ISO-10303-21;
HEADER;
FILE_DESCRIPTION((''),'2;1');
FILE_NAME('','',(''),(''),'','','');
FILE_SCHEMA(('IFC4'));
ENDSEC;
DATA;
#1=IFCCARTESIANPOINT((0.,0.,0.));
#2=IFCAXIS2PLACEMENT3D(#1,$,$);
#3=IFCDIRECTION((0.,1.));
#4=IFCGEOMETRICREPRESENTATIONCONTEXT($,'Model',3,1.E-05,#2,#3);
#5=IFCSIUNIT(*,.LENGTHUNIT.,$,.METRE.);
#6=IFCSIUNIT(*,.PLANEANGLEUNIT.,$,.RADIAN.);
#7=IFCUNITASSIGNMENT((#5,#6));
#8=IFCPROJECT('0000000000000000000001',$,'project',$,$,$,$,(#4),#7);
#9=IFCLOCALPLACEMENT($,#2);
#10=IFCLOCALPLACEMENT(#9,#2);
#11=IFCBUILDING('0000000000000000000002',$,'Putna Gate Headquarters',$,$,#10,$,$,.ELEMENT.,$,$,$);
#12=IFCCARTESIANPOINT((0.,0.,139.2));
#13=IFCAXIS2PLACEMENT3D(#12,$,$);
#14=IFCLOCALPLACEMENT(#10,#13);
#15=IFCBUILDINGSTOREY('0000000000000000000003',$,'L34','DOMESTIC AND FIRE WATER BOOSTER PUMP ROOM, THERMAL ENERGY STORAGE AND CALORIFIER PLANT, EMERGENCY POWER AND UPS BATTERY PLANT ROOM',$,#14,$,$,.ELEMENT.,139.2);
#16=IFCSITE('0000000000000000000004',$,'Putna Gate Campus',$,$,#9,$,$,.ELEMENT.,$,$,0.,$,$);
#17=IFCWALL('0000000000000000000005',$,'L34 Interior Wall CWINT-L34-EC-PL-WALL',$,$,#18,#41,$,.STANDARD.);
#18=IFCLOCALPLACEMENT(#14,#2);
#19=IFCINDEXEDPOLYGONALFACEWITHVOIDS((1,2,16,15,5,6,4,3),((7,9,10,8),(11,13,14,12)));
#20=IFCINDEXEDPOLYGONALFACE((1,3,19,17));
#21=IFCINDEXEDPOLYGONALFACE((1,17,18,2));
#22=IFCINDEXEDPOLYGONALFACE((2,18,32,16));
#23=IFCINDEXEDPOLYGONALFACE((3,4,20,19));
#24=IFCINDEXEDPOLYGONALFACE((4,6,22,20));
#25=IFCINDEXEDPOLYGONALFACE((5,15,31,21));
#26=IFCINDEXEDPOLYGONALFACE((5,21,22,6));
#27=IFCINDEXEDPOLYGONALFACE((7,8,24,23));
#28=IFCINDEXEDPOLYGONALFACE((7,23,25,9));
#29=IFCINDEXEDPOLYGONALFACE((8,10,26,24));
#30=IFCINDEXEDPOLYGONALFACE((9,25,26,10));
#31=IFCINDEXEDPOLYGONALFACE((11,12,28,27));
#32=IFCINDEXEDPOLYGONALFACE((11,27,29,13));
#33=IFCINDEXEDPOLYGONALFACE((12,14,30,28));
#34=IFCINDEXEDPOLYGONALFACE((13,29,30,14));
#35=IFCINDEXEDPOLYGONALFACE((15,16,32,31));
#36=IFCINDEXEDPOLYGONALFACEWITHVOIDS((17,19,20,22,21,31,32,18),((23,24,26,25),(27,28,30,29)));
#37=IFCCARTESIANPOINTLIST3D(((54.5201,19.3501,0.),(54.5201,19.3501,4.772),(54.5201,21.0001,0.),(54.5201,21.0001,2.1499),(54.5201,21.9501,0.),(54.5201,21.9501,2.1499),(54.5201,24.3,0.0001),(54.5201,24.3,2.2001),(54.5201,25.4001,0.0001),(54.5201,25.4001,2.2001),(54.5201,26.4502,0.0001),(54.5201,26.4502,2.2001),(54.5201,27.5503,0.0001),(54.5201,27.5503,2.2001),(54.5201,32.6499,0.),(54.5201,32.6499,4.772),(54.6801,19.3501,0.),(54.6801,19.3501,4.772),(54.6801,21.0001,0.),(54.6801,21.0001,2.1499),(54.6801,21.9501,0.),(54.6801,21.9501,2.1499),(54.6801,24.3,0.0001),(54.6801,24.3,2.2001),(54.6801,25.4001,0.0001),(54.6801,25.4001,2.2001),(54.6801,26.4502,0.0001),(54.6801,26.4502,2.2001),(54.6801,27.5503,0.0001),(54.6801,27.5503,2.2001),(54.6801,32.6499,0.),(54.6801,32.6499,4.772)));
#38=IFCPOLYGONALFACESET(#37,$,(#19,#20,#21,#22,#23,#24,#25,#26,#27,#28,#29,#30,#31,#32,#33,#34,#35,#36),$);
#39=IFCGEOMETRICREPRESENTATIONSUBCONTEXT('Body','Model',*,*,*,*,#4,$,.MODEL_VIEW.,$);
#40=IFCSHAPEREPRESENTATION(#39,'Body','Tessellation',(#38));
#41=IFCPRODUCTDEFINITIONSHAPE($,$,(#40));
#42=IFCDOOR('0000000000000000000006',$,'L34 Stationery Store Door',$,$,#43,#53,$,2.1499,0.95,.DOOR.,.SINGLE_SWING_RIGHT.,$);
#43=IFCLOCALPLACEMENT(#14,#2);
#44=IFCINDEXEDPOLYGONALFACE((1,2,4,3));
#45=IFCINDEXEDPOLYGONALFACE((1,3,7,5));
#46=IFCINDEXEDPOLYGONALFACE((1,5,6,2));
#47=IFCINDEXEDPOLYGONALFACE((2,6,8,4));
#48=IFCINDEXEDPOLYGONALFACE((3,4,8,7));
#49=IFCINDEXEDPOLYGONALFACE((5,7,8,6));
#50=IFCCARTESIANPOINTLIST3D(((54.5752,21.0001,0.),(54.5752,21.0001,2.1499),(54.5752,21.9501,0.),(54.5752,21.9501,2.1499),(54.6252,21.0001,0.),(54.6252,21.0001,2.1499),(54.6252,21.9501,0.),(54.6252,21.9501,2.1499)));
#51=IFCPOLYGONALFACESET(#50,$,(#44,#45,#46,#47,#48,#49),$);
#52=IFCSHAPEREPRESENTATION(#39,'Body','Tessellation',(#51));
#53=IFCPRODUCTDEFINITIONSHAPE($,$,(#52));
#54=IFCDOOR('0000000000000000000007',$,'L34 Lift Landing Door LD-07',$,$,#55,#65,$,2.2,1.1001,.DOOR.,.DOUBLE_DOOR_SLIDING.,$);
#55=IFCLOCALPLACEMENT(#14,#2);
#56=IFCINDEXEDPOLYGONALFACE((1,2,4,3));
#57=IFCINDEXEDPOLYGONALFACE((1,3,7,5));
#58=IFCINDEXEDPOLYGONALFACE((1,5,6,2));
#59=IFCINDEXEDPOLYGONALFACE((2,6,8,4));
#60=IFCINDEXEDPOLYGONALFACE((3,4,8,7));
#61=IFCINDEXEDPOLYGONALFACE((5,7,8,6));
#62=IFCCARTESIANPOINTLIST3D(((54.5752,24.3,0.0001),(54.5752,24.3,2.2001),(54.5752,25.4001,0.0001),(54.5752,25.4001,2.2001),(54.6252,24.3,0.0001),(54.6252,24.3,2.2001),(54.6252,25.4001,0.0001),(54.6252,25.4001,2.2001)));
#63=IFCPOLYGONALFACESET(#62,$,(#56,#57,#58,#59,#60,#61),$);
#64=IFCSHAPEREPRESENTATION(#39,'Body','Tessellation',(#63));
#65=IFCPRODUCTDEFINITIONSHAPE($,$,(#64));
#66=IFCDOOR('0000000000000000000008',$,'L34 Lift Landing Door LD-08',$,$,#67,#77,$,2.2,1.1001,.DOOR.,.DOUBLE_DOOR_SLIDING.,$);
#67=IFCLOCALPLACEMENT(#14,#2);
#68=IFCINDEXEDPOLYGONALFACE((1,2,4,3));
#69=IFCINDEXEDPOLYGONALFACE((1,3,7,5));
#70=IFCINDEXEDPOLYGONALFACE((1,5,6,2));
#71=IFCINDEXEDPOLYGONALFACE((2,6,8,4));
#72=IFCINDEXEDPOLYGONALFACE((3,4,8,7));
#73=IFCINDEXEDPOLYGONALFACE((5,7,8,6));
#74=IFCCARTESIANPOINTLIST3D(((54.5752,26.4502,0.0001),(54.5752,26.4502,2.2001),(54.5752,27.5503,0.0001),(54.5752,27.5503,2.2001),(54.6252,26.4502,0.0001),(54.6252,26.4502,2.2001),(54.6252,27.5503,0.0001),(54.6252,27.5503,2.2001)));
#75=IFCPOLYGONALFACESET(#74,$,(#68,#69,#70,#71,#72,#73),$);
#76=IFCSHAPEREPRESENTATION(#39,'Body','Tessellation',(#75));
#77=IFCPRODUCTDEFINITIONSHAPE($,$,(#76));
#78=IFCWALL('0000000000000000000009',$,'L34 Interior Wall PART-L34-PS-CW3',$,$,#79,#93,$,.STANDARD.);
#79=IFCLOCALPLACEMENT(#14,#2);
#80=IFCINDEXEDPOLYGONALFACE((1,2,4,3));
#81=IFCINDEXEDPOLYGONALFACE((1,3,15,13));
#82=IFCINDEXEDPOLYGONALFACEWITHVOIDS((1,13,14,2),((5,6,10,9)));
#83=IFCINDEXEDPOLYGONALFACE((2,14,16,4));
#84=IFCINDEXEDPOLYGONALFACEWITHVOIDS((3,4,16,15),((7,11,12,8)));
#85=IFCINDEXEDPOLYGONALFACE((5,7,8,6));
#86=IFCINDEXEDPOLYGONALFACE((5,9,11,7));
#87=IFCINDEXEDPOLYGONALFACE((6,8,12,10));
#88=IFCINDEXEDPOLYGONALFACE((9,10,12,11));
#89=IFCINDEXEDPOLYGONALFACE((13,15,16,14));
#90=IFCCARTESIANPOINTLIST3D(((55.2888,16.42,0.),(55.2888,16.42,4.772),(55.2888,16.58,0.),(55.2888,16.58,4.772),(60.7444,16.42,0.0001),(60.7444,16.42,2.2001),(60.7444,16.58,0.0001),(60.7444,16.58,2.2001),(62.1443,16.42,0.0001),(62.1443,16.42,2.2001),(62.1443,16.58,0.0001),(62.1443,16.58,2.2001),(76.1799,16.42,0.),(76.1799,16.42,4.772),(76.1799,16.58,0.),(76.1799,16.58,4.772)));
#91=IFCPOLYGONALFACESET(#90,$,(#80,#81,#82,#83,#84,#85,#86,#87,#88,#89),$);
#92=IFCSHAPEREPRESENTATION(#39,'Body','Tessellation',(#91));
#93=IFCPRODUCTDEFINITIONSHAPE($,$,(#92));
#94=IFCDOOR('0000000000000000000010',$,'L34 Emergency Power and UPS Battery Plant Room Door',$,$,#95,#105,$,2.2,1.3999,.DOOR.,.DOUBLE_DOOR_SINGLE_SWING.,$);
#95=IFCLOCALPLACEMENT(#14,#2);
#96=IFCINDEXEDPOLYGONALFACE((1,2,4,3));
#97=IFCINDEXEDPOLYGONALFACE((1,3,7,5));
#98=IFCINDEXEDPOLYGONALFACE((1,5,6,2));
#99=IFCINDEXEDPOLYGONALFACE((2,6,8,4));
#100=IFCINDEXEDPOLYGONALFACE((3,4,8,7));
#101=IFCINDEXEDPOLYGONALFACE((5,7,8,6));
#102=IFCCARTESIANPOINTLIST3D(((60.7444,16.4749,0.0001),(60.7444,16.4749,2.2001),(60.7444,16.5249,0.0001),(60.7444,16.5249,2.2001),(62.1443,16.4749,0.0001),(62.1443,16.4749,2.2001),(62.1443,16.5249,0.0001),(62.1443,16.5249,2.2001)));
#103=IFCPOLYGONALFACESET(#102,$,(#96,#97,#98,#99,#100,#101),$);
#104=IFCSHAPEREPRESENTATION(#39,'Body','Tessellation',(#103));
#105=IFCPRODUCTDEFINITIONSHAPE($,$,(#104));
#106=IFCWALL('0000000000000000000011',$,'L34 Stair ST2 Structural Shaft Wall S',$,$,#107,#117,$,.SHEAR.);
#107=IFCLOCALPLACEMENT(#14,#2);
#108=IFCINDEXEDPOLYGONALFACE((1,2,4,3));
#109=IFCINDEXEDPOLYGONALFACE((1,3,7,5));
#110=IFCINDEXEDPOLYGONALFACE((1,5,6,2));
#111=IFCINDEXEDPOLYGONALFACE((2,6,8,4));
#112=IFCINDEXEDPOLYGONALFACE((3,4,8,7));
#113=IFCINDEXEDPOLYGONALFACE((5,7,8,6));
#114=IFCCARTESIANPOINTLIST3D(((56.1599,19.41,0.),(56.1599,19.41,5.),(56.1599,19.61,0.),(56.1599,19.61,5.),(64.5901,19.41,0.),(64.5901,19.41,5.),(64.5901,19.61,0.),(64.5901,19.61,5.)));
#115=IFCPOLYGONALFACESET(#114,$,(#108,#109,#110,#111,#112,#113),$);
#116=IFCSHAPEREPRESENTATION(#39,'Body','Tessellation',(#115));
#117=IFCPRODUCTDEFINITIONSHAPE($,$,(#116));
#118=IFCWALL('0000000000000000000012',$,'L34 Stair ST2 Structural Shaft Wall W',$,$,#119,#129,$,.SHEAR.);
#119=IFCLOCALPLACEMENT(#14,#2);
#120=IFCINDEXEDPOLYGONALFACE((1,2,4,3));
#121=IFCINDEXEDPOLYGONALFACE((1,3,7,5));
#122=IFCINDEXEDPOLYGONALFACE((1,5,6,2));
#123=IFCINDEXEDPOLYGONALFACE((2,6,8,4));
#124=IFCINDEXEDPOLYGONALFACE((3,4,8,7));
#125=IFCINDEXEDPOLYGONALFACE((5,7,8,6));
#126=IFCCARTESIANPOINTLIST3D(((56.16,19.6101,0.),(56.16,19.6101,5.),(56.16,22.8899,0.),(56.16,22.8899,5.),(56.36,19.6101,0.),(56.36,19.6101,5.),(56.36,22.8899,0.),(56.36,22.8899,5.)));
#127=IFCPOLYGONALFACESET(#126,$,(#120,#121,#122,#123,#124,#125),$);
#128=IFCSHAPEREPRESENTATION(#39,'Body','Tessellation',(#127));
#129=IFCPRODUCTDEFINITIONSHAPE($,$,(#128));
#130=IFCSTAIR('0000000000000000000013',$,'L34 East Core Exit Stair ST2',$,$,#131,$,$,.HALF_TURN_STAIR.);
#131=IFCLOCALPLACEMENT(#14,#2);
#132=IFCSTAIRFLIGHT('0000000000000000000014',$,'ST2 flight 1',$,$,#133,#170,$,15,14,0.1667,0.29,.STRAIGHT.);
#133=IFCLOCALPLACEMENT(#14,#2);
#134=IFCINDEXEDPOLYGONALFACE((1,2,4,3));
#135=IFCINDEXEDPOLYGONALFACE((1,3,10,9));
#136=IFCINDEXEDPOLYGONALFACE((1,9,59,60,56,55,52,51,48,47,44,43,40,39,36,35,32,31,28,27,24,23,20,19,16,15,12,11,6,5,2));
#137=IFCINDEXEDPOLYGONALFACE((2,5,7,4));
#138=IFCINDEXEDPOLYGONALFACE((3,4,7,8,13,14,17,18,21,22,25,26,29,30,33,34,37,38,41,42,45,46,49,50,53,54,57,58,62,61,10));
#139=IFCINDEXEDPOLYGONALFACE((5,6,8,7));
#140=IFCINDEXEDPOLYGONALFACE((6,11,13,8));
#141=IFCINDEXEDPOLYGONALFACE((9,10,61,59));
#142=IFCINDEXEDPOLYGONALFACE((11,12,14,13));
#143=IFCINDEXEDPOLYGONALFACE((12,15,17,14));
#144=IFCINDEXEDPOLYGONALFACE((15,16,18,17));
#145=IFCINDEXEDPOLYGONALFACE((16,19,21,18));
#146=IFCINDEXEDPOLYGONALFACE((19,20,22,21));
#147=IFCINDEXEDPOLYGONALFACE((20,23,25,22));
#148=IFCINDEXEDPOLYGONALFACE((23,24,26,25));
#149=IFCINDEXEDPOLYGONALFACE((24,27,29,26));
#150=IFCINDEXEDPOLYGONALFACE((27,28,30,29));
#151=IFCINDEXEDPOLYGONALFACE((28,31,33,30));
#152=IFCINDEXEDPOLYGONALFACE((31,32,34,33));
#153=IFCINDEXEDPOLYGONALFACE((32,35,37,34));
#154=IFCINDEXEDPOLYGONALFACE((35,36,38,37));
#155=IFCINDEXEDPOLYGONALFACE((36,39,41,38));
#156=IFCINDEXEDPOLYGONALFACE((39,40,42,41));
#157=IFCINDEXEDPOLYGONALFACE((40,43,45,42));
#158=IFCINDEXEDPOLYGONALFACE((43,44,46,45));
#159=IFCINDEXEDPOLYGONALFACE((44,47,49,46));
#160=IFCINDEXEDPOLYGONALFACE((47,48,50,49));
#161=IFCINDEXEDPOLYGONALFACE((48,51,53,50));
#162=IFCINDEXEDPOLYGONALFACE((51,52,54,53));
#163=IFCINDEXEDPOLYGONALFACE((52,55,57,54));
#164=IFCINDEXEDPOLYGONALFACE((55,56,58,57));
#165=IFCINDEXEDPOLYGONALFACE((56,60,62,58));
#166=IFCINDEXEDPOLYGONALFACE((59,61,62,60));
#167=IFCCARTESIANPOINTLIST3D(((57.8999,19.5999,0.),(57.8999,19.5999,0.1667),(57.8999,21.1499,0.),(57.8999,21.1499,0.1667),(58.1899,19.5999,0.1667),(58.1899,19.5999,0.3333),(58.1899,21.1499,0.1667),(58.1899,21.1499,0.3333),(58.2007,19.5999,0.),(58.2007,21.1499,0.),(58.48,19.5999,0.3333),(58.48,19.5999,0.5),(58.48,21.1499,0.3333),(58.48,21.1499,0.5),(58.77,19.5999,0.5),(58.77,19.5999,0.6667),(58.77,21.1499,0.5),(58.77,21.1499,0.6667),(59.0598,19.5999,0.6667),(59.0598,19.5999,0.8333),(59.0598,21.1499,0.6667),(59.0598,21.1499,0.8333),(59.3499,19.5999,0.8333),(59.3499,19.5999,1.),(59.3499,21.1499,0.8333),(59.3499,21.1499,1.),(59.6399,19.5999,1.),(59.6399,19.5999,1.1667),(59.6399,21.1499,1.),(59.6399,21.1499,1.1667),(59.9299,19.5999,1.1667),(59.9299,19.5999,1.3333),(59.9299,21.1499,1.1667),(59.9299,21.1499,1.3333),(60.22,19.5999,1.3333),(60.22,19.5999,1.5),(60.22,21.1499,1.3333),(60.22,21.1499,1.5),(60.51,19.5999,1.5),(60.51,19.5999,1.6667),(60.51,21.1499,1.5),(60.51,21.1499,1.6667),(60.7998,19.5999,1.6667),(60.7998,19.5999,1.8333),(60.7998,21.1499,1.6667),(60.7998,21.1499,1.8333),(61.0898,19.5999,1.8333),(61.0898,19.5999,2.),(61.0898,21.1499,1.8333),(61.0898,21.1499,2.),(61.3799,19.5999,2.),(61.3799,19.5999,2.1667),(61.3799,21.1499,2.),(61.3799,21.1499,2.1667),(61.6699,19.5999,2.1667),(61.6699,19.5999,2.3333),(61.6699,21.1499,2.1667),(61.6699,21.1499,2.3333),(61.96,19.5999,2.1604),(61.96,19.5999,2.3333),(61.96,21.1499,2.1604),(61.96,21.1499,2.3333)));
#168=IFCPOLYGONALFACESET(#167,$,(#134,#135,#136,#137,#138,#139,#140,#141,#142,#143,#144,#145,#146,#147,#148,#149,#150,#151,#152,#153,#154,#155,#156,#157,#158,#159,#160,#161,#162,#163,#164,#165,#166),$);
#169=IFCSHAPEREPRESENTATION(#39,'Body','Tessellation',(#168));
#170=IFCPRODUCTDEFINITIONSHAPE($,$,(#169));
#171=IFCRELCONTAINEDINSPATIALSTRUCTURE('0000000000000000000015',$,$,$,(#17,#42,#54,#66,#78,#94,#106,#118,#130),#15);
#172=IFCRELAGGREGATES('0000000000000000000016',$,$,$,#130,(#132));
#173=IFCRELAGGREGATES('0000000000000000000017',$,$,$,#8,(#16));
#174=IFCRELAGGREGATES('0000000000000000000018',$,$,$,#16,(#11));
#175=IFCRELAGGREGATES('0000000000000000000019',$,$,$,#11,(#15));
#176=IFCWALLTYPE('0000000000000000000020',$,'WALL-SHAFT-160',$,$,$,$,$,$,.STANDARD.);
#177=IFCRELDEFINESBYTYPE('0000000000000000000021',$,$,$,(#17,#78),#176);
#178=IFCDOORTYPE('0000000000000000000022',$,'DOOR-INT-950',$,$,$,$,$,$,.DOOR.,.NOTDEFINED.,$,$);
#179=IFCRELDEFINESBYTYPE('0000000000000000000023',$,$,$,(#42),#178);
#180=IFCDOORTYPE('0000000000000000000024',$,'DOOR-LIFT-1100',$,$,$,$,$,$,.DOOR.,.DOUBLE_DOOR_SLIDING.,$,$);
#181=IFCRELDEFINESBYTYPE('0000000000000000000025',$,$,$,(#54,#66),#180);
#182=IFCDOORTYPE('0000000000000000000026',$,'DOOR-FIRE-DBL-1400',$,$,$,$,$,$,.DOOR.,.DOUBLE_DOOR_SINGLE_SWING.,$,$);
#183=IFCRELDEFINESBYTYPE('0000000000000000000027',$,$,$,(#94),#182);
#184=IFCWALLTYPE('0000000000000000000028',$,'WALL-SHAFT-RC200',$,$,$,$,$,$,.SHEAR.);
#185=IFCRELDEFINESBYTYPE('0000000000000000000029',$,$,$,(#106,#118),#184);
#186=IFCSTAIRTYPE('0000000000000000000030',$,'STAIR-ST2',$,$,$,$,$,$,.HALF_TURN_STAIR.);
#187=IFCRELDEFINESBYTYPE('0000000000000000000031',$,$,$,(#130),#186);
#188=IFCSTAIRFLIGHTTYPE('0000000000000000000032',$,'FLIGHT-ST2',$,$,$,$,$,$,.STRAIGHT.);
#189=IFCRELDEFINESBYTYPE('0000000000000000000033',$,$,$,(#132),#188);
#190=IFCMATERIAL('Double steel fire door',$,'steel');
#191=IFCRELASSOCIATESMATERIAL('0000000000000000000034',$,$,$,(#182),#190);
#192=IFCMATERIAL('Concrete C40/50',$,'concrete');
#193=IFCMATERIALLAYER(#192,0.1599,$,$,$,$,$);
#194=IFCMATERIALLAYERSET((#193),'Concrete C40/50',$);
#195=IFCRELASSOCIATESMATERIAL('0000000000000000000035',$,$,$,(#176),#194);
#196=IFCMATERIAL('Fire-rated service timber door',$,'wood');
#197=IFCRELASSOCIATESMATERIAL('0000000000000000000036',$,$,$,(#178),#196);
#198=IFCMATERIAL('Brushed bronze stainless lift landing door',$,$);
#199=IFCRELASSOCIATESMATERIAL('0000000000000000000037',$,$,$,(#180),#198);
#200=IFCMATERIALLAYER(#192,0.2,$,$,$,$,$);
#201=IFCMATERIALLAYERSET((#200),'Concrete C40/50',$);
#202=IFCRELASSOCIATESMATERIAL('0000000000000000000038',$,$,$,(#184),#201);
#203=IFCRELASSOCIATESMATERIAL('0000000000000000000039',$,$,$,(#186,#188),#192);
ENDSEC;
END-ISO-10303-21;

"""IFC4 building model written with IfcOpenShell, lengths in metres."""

from ifc_helpers import new_model, si_unit, direction, frame, frame_2d, origin, place, context, subcontext, project, spatial, polyline, rectangle, outline, extrude, material, layer, layer_set, type_object, element, fill, aggregate, save


model = new_model("IFC4")

# Units and contexts
model_context = context("Model", 3, precision=1e-05, world=origin(), true_north=direction((0.0, 1.0)))
body_context = subcontext(model_context, "Body", "Model", "MODEL_VIEW")
ifc_project = project(units=[si_unit("LENGTHUNIT", "METRE"), si_unit("PLANEANGLEUNIT", "RADIAN")], contexts=[model_context])

# Site, building, storey
site_placement = place(None, origin())
site = spatial("IfcSite", under=ifc_project, at=site_placement, Name="Putna Gate Campus", CompositionType="ELEMENT", RefElevation=0.0)
building_placement = place(site_placement, origin())
building = spatial("IfcBuilding", under=site, at=building_placement, Name="Putna Gate Headquarters", CompositionType="ELEMENT")
storey_placement = place(building_placement, frame((0.0, 0.0, 139.2)))
storey = spatial("IfcBuildingStorey", under=building, at=storey_placement, Name="L34", Description="DOMESTIC AND FIRE WATER BOOSTER PUMP ROOM, THERMAL ENERGY STORAGE AND CALORIFIER PLANT, EMERGENCY POWER AND UPS BATTERY PLANT ROOM", CompositionType="ELEMENT", Elevation=139.2)

# Shared definitions
ifc_material_1 = material(Name="Double steel fire door", Category="steel")
door_type_1 = type_object("IfcDoorType", Name="DOOR-FIRE-DBL-1400", OperationType="DOUBLE_DOOR_SINGLE_SWING", PredefinedType="DOOR", material=ifc_material_1)

# Wall, openings, doors
ifc_material_2 = material(Name="Concrete C40/50", Category="concrete")
ifc_layer_1 = layer(ifc_material_2, 0.1599)
ifc_layer_set_1 = layer_set([ifc_layer_1], Name="Concrete C40/50")
wall_type_1 = type_object("IfcWallType", Name="WALL-SHAFT-160", PredefinedType="STANDARD", material=ifc_layer_set_1)
wall_1_placement = place(storey_placement, frame((54.6001, 19.3501, 0.0), z_axis=(0.0, 0.0, 1.0), x_axis=(0.0, 1.0, 0.0)))
wall_1 = element("IfcWall", 1, at=wall_1_placement, inside=storey, type_object=wall_type_1, Name="L34 Interior Wall CWINT-L34-EC-PL-WALL", PredefinedType="STANDARD", context=body_context, shape_type="SweptSolid", body=[
    extrude(rectangle(XDim=13.2998, YDim=0.1599, at=frame_2d((6.6499, 0.0))), origin(), (0.0, 0.0, 1.0), 4.772),
])
opening_1_placement = place(wall_1_placement, frame((1.6499, 0.0, 0.0)))
opening_1 = element("IfcOpeningElement", 2, at=opening_1_placement, cuts=wall_1, PredefinedType="OPENING", context=body_context, shape_type="SweptSolid", body=[
    extrude(rectangle(XDim=0.95, YDim=2.1499, at=frame_2d((0.4751, 1.075))), frame((0.0, 0.0898, 0.0), z_axis=(0.0, -1.0, 0.0), x_axis=(1.0, 0.0, 0.0)), (0.0, 0.0, 1.0), 0.1799),
])
opening_2_placement = place(wall_1_placement, frame((4.95, 0.0, 0.0)))
opening_2 = element("IfcOpeningElement", 3, at=opening_2_placement, cuts=wall_1, PredefinedType="OPENING", context=body_context, shape_type="SweptSolid", body=[
    extrude(rectangle(XDim=1.1001, YDim=2.2, at=frame_2d((0.55, 1.1001))), frame((0.0, 0.0898, 0.0), z_axis=(0.0, -1.0, 0.0), x_axis=(1.0, 0.0, 0.0)), (0.0, 0.0, 1.0), 0.1799),
])
opening_3_placement = place(wall_1_placement, frame((7.1001, 0.0, 0.0)))
opening_3 = element("IfcOpeningElement", 4, at=opening_3_placement, cuts=wall_1, PredefinedType="OPENING", context=body_context, shape_type="SweptSolid", body=[
    extrude(rectangle(XDim=1.1001, YDim=2.2, at=frame_2d((0.55, 1.1001))), frame((0.0, 0.0898, 0.0), z_axis=(0.0, -1.0, 0.0), x_axis=(1.0, 0.0, 0.0)), (0.0, 0.0, 1.0), 0.1799),
])
ifc_material_3 = material(Name="Fire-rated service timber door", Category="wood")
door_type_2 = type_object("IfcDoorType", Name="DOOR-INT-950", OperationType="NOTDEFINED", PredefinedType="DOOR", material=ifc_material_3)
door_1_placement = place(opening_1_placement, origin())
door_1 = element("IfcDoor", 5, at=door_1_placement, inside=storey, type_object=door_type_2, Name="L34 Stationery Store Door", OperationType="SINGLE_SWING_RIGHT", OverallHeight=2.1499, OverallWidth=0.95, PredefinedType="DOOR", context=body_context, shape_type="SweptSolid", body=[
    extrude(rectangle(XDim=0.95, YDim=2.1499, at=frame_2d((0.4751, 1.075))), frame((0.0, 0.0249, 0.0), z_axis=(0.0, -1.0, 0.0), x_axis=(1.0, 0.0, 0.0)), (0.0, 0.0, 1.0), 0.05),
])
fill(opening_1, door_1)
ifc_material_4 = material(Name="Brushed bronze stainless lift landing door")
door_type_3 = type_object("IfcDoorType", Name="DOOR-LIFT-1100", OperationType="DOUBLE_DOOR_SLIDING", PredefinedType="DOOR", material=ifc_material_4)
door_2_placement = place(opening_2_placement, origin())
door_2 = element("IfcDoor", 6, at=door_2_placement, inside=storey, type_object=door_type_3, Name="L34 Lift Landing Door LD-07", OperationType="DOUBLE_DOOR_SLIDING", OverallHeight=2.2, OverallWidth=1.1001, PredefinedType="DOOR", context=body_context, shape_type="SweptSolid", body=[
    extrude(rectangle(XDim=1.1001, YDim=2.2, at=frame_2d((0.55, 1.1001))), frame((0.0, 0.0249, 0.0), z_axis=(0.0, -1.0, 0.0), x_axis=(1.0, 0.0, 0.0)), (0.0, 0.0, 1.0), 0.05),
])
fill(opening_2, door_2)
door_3_placement = place(opening_3_placement, origin())
door_3 = element("IfcDoor", 7, at=door_3_placement, inside=storey, type_object=door_type_3, Name="L34 Lift Landing Door LD-08", OperationType="DOUBLE_DOOR_SLIDING", OverallHeight=2.2, OverallWidth=1.1001, PredefinedType="DOOR", context=body_context, shape_type="SweptSolid", body=[
    extrude(rectangle(XDim=1.1001, YDim=2.2, at=frame_2d((0.55, 1.1001))), frame((0.0, 0.0249, 0.0), z_axis=(0.0, -1.0, 0.0), x_axis=(1.0, 0.0, 0.0)), (0.0, 0.0, 1.0), 0.05),
])
fill(opening_3, door_3)

# Wall, opening, door
wall_2_placement = place(storey_placement, frame((55.2888, 16.5, 0.0), z_axis=(0.0, 0.0, 1.0), x_axis=(1.0, 0.0, 0.0)))
wall_2 = element("IfcWall", 8, at=wall_2_placement, inside=storey, type_object=wall_type_1, Name="L34 Interior Wall PART-L34-PS-CW3", PredefinedType="STANDARD", context=body_context, shape_type="SweptSolid", body=[
    extrude(rectangle(XDim=20.8911, YDim=0.1599, at=frame_2d((10.4456, 0.0))), origin(), (0.0, 0.0, 1.0), 4.772),
])
opening_4_placement = place(wall_2_placement, frame((5.4556, 0.0, 0.0)))
opening_4 = element("IfcOpeningElement", 9, at=opening_4_placement, cuts=wall_2, PredefinedType="OPENING", context=body_context, shape_type="SweptSolid", body=[
    extrude(rectangle(XDim=1.3999, YDim=2.2, at=frame_2d((0.7, 1.1001))), frame((0.0, 0.0898, 0.0), z_axis=(0.0, -1.0, 0.0), x_axis=(1.0, 0.0, 0.0)), (0.0, 0.0, 1.0), 0.1799),
])
door_4_placement = place(opening_4_placement, origin())
door_4 = element("IfcDoor", 10, at=door_4_placement, inside=storey, type_object=door_type_1, Name="L34 Emergency Power and UPS Battery Plant Room Door", OperationType="DOUBLE_DOOR_SINGLE_SWING", OverallHeight=2.2, OverallWidth=1.3999, PredefinedType="DOOR", context=body_context, shape_type="SweptSolid", body=[
    extrude(rectangle(XDim=1.3999, YDim=2.2, at=frame_2d((0.7, 1.1001))), frame((0.0, 0.0249, 0.0), z_axis=(0.0, -1.0, 0.0), x_axis=(1.0, 0.0, 0.0)), (0.0, 0.0, 1.0), 0.05),
])
fill(opening_4, door_4)

# Walls
ifc_layer_2 = layer(ifc_material_2, 0.2)
ifc_layer_set_2 = layer_set([ifc_layer_2], Name="Concrete C40/50")
wall_type_2 = type_object("IfcWallType", Name="WALL-SHAFT-RC200", PredefinedType="SHEAR", material=ifc_layer_set_2)
wall_3_placement = place(storey_placement, frame((56.1599, 19.51, 0.0), z_axis=(0.0, 0.0, 1.0), x_axis=(1.0, 0.0, 0.0)))
element("IfcWall", 11, at=wall_3_placement, inside=storey, type_object=wall_type_2, Name="L34 Stair ST2 Structural Shaft Wall S", PredefinedType="SHEAR", context=body_context, shape_type="SweptSolid", body=[
    extrude(rectangle(XDim=8.4302, YDim=0.2, at=frame_2d((4.2151, 0.0))), origin(), (0.0, 0.0, 1.0), 5.0),
])
wall_4_placement = place(storey_placement, frame((56.26, 19.6101, 0.0), z_axis=(0.0, 0.0, 1.0), x_axis=(0.0, 1.0, 0.0)))
element("IfcWall", 12, at=wall_4_placement, inside=storey, type_object=wall_type_2, Name="L34 Stair ST2 Structural Shaft Wall W", PredefinedType="SHEAR", context=body_context, shape_type="SweptSolid", body=[
    extrude(rectangle(XDim=3.2798, YDim=0.2, at=frame_2d((1.6399, 0.0))), origin(), (0.0, 0.0, 1.0), 5.0),
])

# Stair, stair flight
stair_type = type_object("IfcStairType", Name="STAIR-ST2", PredefinedType="HALF_TURN_STAIR", material=ifc_material_2)
stair_placement = place(storey_placement, origin())
stair = element("IfcStair", 13, at=stair_placement, inside=storey, type_object=stair_type, Name="L34 East Core Exit Stair ST2", PredefinedType="HALF_TURN_STAIR")
stair_flight_type = type_object("IfcStairFlightType", Name="FLIGHT-ST2", PredefinedType="STRAIGHT", material=ifc_material_2)
stair_flight_placement = place(storey_placement, frame((57.8999, 20.375, 0.0), z_axis=(0.0, 0.0, 1.0), x_axis=(1.0, 0.0, 0.0)))
stair_flight = element("IfcStairFlight", 14, at=stair_flight_placement, type_object=stair_flight_type, Name="ST2 flight 1", NumberOfRisers=15, NumberOfTreads=14, PredefinedType="STRAIGHT", RiserHeight=0.1667, TreadLength=0.29, context=body_context, shape_type="SweptSolid", body=[
    extrude(outline(polyline([(0.0, 0.0), (0.0, 0.1667), (0.29, 0.1667), (0.29, 0.3333), (0.5801, 0.3333), (0.5801, 0.5), (0.8701, 0.5), (0.8701, 0.6667), (1.1599, 0.6667), (1.1599, 0.8333), (1.45, 0.8333), (1.45, 1.0), (1.74, 1.0), (1.74, 1.1667), (2.03, 1.1667), (2.03, 1.3333), (2.3201, 1.3333), (2.3201, 1.5), (2.6101, 1.5), (2.6101, 1.6667), (2.8999, 1.6667), (2.8999, 1.8333), (3.1899, 1.8333), (3.1899, 2.0), (3.48, 2.0), (3.48, 2.1667), (3.77, 2.1667), (3.77, 2.3333), (4.0601, 2.3333), (4.0601, 2.5), (4.0601, 2.1604), (0.3008, 0.0), (0.0, 0.0)])), frame((0.0, 0.7749, 0.0), z_axis=(0.0, -1.0, 0.0), x_axis=(1.0, 0.0, 0.0)), (0.0, 0.0, 1.0), 1.55),
])
aggregate(stair, [stair_flight])

save(model, "model.ifc")
